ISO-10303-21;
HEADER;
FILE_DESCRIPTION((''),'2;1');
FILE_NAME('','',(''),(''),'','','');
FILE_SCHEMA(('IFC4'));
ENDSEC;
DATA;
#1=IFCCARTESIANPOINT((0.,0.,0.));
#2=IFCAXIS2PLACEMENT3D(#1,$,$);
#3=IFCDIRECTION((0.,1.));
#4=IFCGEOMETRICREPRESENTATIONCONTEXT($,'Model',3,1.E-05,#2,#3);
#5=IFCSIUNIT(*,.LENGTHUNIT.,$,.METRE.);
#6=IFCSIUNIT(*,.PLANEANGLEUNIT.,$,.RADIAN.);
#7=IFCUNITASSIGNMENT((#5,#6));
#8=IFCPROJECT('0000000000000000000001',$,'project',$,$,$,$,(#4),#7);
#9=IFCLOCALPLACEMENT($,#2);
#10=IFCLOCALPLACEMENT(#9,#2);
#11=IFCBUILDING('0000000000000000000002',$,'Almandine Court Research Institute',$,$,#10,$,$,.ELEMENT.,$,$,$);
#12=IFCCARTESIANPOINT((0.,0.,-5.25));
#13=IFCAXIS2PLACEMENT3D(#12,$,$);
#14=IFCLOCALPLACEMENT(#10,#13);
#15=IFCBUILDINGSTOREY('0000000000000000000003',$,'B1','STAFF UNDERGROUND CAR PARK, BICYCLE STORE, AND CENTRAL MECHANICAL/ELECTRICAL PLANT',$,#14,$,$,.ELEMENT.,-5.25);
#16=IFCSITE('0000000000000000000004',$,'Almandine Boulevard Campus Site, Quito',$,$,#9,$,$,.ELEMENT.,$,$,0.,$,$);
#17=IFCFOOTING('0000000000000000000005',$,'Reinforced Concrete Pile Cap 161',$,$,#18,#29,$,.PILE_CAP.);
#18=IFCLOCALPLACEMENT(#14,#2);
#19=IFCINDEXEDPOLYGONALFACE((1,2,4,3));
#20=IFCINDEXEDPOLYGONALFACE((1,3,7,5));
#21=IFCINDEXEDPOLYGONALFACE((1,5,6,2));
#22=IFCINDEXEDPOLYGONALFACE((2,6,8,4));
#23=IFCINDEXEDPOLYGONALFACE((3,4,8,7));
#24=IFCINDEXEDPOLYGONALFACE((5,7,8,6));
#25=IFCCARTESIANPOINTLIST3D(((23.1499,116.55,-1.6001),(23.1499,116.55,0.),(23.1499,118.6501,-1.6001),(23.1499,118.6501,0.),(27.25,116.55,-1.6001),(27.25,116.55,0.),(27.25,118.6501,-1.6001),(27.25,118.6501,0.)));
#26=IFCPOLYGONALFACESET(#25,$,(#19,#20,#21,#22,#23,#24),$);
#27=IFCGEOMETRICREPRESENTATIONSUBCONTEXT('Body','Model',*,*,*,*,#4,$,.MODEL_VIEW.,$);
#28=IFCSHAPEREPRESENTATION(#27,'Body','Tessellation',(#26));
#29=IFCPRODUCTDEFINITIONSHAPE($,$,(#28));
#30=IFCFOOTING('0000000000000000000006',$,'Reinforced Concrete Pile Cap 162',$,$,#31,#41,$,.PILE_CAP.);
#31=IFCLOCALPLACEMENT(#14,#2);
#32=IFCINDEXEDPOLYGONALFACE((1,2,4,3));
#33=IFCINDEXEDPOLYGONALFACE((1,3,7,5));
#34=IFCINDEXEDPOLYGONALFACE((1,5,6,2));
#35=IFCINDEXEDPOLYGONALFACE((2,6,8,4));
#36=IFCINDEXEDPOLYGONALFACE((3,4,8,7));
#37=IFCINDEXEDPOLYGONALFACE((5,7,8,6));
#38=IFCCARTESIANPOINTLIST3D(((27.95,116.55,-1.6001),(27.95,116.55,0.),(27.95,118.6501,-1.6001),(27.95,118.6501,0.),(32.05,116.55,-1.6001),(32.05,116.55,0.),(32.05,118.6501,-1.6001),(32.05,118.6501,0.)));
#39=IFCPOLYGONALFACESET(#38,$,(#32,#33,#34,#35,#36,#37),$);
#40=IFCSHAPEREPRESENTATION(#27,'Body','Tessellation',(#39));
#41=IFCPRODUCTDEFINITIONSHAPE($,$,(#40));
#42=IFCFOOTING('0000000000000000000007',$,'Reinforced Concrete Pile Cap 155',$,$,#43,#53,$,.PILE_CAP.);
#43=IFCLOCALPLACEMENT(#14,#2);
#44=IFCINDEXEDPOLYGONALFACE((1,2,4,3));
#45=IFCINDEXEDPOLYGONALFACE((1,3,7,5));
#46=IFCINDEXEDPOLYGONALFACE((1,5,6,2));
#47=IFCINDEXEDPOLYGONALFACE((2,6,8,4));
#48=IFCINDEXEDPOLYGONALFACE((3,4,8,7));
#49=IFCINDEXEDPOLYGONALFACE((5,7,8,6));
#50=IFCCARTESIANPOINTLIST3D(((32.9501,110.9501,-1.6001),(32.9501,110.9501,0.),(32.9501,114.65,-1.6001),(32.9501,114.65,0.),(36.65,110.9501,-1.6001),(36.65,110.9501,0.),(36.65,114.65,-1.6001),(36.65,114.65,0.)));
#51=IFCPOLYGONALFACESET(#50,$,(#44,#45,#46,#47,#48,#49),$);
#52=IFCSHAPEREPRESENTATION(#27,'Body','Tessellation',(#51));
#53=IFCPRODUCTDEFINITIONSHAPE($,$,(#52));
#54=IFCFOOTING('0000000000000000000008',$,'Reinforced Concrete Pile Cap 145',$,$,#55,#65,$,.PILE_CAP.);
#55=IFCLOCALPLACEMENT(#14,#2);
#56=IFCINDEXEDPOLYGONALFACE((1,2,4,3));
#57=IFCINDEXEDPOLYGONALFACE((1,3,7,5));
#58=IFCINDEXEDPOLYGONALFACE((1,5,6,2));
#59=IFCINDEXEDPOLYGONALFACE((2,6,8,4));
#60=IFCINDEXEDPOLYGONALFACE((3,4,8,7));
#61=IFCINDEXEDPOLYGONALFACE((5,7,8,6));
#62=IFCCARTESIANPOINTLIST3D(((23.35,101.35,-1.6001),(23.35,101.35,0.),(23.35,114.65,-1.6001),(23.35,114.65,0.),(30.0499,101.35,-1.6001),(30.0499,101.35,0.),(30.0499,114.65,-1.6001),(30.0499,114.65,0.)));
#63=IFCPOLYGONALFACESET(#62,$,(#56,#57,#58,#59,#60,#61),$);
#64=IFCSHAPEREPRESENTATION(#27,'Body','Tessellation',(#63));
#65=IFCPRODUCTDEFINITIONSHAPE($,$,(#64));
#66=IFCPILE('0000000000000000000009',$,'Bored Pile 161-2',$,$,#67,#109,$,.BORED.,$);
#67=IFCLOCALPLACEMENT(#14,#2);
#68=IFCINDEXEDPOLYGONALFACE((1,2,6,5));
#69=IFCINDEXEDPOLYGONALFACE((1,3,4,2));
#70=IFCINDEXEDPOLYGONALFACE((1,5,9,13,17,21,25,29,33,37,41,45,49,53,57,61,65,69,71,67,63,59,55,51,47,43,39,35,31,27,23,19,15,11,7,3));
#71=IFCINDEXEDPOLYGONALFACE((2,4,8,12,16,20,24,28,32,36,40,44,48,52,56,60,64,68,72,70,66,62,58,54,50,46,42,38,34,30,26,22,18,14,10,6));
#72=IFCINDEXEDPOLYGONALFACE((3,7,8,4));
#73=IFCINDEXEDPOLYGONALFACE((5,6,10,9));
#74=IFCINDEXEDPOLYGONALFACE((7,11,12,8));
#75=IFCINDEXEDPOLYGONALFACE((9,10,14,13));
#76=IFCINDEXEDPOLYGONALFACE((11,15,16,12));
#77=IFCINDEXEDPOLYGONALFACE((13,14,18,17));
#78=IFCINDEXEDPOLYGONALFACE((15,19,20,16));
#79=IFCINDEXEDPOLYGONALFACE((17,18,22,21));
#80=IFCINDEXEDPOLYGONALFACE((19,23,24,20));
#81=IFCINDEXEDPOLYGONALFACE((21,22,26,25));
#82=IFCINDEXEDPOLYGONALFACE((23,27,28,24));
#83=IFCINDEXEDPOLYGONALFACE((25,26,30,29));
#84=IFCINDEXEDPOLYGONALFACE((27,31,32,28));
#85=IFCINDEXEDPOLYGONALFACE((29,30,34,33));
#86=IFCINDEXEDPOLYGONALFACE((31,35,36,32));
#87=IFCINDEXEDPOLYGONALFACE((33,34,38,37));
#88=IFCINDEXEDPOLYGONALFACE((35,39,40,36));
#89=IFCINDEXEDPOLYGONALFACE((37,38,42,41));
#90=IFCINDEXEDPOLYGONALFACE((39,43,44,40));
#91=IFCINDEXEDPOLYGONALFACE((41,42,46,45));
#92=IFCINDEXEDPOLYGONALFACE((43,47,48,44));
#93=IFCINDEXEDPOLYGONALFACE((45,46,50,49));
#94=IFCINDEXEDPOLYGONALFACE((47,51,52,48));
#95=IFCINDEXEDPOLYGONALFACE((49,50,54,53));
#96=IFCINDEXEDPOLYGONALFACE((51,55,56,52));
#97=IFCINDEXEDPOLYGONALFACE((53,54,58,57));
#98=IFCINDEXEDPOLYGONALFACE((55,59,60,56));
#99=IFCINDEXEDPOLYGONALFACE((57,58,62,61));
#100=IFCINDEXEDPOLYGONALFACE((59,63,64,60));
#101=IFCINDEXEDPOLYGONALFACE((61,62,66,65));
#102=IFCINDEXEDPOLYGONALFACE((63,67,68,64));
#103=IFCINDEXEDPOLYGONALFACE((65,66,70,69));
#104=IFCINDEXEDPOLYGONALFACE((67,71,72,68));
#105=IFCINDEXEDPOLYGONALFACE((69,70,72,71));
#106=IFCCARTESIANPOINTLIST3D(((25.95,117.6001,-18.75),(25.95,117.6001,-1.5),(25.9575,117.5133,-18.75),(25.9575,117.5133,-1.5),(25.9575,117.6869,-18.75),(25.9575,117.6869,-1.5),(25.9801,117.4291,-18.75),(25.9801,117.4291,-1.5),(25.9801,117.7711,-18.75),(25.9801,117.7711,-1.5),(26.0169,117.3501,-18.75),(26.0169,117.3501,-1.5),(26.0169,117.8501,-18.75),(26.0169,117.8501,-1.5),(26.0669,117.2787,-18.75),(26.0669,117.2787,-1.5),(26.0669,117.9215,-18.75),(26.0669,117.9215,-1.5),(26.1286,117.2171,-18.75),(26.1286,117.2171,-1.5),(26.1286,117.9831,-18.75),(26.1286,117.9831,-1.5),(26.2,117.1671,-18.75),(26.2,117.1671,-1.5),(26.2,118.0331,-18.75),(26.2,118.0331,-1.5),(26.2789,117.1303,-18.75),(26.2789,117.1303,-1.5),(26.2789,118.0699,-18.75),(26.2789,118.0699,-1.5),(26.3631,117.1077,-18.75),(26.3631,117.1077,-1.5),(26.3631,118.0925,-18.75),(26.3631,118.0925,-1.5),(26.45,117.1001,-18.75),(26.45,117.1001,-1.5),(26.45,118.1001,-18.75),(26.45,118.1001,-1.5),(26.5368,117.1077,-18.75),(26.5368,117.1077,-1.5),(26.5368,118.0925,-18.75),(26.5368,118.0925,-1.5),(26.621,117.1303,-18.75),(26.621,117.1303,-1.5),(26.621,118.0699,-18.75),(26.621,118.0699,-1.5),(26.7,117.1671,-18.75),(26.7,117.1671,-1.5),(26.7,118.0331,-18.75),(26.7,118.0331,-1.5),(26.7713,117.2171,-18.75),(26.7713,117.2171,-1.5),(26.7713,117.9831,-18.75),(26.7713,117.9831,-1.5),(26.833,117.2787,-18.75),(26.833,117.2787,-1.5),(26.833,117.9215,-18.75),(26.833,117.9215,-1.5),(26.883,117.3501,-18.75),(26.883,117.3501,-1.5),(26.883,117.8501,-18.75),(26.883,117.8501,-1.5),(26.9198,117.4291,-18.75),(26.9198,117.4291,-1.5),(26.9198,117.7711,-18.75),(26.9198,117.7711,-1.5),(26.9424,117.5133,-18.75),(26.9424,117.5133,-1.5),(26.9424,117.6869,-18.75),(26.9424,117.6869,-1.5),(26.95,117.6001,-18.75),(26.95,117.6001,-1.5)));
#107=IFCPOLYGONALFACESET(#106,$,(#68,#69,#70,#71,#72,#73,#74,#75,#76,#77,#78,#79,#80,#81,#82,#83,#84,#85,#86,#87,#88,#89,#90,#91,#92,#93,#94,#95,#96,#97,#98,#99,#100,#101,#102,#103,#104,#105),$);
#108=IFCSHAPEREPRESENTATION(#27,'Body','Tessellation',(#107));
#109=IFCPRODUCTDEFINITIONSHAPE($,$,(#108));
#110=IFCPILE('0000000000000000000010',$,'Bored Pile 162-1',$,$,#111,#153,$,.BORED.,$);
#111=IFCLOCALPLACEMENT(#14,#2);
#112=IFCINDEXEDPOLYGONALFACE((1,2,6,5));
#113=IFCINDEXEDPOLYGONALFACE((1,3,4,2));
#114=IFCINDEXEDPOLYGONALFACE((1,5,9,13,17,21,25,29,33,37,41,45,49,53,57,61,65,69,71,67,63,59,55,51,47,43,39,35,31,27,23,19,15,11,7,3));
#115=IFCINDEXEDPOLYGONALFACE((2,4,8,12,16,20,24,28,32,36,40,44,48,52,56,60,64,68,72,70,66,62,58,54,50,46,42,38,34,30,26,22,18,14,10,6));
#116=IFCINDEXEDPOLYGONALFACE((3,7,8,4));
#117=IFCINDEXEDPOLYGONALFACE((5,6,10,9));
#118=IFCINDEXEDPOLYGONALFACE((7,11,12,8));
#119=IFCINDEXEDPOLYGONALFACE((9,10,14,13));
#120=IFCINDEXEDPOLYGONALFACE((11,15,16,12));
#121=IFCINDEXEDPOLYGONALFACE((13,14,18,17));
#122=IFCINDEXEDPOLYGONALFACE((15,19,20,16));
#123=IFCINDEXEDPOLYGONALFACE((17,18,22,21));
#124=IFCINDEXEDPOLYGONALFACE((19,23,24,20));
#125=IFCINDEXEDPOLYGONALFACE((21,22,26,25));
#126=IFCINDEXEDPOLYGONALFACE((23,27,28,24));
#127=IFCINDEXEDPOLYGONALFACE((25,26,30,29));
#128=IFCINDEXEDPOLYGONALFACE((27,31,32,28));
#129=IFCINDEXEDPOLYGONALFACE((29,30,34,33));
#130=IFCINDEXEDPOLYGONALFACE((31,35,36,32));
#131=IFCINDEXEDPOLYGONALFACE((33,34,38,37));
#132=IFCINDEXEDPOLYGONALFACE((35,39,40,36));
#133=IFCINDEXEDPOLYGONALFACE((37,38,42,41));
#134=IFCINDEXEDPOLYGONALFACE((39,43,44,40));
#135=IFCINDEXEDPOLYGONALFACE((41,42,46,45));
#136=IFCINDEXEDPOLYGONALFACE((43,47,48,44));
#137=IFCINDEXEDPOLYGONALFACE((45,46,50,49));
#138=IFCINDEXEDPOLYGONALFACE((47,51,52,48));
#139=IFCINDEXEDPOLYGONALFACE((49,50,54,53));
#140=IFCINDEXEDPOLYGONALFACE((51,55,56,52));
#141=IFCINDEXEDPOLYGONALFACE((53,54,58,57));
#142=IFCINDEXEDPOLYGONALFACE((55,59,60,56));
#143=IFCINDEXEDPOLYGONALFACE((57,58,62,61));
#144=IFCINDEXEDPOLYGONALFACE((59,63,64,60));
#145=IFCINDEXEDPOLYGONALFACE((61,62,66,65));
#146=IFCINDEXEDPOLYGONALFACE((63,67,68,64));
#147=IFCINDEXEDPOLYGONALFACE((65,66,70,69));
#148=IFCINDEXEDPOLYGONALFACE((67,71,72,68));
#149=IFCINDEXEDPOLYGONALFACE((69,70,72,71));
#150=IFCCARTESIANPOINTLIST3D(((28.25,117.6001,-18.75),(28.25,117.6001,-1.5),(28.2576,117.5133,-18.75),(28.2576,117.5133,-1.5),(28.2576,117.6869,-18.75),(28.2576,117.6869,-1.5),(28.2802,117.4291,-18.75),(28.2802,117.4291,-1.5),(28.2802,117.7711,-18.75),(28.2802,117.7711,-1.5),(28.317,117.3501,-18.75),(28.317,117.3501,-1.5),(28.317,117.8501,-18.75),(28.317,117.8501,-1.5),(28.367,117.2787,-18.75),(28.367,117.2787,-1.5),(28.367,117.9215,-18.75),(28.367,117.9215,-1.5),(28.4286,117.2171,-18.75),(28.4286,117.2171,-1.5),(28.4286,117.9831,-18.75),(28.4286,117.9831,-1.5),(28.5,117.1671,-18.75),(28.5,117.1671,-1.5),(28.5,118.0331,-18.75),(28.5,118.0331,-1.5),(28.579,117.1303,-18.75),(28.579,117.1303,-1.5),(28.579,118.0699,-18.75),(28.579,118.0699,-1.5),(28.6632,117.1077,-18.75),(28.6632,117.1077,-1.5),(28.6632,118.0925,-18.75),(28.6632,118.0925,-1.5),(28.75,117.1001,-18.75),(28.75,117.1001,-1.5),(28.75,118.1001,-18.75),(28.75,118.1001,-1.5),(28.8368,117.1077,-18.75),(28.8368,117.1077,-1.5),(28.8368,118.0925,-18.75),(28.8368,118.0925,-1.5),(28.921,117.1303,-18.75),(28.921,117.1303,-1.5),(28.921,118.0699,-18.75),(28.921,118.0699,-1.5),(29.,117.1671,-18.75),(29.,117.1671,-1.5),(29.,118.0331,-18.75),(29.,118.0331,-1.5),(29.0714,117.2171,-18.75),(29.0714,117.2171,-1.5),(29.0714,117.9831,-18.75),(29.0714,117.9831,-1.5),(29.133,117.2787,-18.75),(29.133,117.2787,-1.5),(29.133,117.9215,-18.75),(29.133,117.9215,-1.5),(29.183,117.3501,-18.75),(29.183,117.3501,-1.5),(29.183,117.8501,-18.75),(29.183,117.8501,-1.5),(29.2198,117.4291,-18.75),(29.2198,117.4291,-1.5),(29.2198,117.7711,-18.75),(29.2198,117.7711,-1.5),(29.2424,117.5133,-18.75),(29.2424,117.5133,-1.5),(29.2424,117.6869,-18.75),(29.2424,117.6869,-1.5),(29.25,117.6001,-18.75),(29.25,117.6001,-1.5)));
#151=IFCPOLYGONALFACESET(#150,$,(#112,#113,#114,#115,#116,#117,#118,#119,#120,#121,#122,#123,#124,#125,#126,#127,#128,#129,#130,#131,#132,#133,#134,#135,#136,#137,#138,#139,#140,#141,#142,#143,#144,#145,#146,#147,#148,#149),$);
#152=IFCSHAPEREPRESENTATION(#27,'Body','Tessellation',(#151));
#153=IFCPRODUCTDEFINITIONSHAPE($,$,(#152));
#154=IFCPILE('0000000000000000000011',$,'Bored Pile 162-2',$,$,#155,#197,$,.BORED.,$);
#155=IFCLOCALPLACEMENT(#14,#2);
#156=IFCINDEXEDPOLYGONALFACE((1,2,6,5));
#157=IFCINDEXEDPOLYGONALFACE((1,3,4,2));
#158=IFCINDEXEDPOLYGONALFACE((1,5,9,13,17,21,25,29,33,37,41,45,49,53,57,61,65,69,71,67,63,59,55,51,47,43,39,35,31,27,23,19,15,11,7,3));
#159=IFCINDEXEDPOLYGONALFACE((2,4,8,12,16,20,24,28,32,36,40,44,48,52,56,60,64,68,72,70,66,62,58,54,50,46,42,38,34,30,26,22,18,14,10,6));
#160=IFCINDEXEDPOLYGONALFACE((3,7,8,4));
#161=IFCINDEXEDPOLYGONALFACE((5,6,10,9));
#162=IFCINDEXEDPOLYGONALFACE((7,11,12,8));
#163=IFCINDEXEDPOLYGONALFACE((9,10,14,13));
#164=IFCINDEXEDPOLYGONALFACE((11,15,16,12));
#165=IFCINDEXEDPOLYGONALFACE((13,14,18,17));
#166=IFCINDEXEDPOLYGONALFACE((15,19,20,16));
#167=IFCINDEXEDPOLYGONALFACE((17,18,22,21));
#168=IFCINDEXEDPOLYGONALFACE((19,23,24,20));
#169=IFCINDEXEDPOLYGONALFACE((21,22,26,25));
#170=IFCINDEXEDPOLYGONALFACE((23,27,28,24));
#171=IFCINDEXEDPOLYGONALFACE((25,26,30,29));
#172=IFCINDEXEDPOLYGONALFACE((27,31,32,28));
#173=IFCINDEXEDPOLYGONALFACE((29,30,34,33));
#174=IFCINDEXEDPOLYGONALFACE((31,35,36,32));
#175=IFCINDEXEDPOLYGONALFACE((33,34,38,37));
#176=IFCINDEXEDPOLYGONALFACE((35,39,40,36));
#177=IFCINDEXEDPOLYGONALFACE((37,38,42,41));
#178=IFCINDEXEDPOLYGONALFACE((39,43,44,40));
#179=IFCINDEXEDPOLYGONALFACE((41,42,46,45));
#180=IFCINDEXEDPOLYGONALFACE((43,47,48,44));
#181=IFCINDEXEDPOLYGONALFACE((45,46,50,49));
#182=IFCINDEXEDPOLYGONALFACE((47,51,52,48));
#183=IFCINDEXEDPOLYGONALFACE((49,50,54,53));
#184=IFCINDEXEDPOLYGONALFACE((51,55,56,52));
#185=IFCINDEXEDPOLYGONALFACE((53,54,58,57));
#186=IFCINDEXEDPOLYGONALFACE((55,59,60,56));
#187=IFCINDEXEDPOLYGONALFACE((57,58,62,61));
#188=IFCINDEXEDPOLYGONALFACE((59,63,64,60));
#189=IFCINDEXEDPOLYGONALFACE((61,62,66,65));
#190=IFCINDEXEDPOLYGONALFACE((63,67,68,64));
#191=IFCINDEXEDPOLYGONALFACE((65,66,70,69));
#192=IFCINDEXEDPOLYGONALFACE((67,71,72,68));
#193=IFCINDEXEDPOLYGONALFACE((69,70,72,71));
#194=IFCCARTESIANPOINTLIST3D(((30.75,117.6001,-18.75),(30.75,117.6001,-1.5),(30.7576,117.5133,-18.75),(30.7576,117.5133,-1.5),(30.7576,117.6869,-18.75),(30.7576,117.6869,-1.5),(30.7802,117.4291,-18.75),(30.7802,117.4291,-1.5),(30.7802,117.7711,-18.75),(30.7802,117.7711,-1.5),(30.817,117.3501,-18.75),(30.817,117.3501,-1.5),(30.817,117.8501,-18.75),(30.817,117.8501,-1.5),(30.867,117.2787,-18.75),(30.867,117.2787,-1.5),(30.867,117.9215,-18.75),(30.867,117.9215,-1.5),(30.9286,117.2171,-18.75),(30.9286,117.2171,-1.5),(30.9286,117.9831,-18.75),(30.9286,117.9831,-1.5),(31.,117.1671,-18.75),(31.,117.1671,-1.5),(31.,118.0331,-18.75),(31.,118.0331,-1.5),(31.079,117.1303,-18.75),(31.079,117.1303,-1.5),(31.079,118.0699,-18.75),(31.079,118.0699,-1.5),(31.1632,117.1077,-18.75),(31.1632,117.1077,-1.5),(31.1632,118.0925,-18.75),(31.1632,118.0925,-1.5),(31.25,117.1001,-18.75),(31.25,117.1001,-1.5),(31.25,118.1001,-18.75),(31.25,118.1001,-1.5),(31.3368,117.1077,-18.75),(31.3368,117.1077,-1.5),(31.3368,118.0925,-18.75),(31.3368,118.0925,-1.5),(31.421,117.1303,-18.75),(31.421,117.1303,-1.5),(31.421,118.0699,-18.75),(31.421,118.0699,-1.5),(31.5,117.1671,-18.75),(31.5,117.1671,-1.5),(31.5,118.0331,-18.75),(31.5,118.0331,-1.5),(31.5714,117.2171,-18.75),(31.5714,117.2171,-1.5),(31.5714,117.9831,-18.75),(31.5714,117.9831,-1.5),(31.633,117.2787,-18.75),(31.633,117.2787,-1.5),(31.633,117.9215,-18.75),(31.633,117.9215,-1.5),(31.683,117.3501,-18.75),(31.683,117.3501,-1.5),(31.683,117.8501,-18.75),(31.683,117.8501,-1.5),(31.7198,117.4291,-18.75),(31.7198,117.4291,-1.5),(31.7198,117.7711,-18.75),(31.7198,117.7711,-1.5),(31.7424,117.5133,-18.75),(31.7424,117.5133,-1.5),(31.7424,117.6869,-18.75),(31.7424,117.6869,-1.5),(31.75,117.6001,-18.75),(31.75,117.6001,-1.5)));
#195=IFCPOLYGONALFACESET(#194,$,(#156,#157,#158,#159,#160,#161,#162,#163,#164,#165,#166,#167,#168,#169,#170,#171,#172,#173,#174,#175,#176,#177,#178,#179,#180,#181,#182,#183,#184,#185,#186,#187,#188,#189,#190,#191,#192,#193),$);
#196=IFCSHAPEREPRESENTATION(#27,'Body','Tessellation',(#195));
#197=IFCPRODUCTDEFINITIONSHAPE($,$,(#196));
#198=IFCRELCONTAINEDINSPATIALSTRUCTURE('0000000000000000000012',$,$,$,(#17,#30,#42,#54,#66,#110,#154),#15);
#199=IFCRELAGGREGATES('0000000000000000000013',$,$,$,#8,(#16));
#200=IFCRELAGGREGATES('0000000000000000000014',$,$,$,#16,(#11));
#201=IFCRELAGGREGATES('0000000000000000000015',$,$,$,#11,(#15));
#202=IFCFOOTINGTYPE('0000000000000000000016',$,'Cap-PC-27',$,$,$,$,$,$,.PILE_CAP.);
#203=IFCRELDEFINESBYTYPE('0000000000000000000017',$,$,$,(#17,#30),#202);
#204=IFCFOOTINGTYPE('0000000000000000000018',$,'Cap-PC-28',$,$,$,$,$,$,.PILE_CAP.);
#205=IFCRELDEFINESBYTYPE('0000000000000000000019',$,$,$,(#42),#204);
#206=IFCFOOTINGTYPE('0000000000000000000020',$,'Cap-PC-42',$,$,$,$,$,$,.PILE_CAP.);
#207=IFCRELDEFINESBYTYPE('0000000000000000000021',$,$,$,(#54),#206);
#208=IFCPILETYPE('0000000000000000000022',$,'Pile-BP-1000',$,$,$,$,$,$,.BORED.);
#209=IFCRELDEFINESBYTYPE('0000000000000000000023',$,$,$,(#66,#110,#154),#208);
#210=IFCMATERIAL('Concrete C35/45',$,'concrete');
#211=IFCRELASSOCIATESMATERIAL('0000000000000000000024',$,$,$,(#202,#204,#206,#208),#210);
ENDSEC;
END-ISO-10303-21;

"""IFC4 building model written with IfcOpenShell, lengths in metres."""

from ifc_helpers import new_model, si_unit, direction, frame, origin, origin_2d, place, context, subcontext, project, spatial, rectangle, circle, extrude, material, material_profile, profile_set, type_object, element, save


model = new_model("IFC4")

# Units and contexts
model_context = context("Model", 3, precision=1e-05, world=origin(), true_north=direction((0.0, 1.0)))
body_context = subcontext(model_context, "Body", "Model", "MODEL_VIEW")
ifc_project = project(units=[si_unit("LENGTHUNIT", "METRE"), si_unit("PLANEANGLEUNIT", "RADIAN")], contexts=[model_context])

# Site, building, storey
site_placement = place(None, origin())
site = spatial("IfcSite", under=ifc_project, at=site_placement, Name="Almandine Boulevard Campus Site, Quito", CompositionType="ELEMENT", RefElevation=0.0)
building_placement = place(site_placement, origin())
building = spatial("IfcBuilding", under=site, at=building_placement, Name="Almandine Court Research Institute", CompositionType="ELEMENT")
storey_placement = place(building_placement, frame((0.0, 0.0, -5.25)))
storey = spatial("IfcBuildingStorey", under=building, at=storey_placement, Name="B1", Description="STAFF UNDERGROUND CAR PARK, BICYCLE STORE, AND CENTRAL MECHANICAL/ELECTRICAL PLANT", CompositionType="ELEMENT", Elevation=-5.25)

# Footings
ifc_material_1 = material(Name="Concrete C35/45", Category="concrete")
footing_type_1 = type_object("IfcFootingType", Name="Cap-PC-27", PredefinedType="PILE_CAP", material=ifc_material_1)
for number, where, z_axis, x_axis, name in (
    (1, (25.2, 117.6001, -1.6001), (0.0, 0.0, 1.0), (1.0, 0.0, 0.0), "Reinforced Concrete Pile Cap 161"),
    (2, (30.0, 117.6001, -1.6001), (0.0, 0.0, 1.0), (1.0, 0.0, 0.0), "Reinforced Concrete Pile Cap 162"),
):
    element("IfcFooting", number, at=place(storey_placement, frame(where, z_axis=z_axis, x_axis=x_axis)), inside=storey, type_object=footing_type_1, Name=name, PredefinedType="PILE_CAP", context=body_context, shape_type="SweptSolid", body=[
        extrude(rectangle(XDim=4.1001, YDim=2.1001, at=origin_2d()), origin(), (0.0, 0.0, 1.0), 1.6001),
    ])
footing_type_2 = type_object("IfcFootingType", Name="Cap-PC-28", PredefinedType="PILE_CAP", material=ifc_material_1)
footing_1_placement = place(storey_placement, frame((34.8, 112.8, -1.6001), z_axis=(0.0, 0.0, 1.0), x_axis=(1.0, 0.0, 0.0)))
element("IfcFooting", 3, at=footing_1_placement, inside=storey, type_object=footing_type_2, Name="Reinforced Concrete Pile Cap 155", PredefinedType="PILE_CAP", context=body_context, shape_type="SweptSolid", body=[
    extrude(rectangle(XDim=3.7, YDim=3.7, at=origin_2d()), origin(), (0.0, 0.0, 1.0), 1.6001),
])
footing_type_3 = type_object("IfcFootingType", Name="Cap-PC-42", PredefinedType="PILE_CAP", material=ifc_material_1)
footing_2_placement = place(storey_placement, frame((26.7, 108.0, -1.6001), z_axis=(0.0, 0.0, 1.0), x_axis=(1.0, 0.0, 0.0)))
element("IfcFooting", 4, at=footing_2_placement, inside=storey, type_object=footing_type_3, Name="Reinforced Concrete Pile Cap 145", PredefinedType="PILE_CAP", context=body_context, shape_type="SweptSolid", body=[
    extrude(rectangle(XDim=6.7, YDim=13.3, at=origin_2d()), origin(), (0.0, 0.0, 1.0), 1.6001),
])

# Piles
ifc_material_profile_1 = material_profile(ifc_material_1, circle(Radius=0.5, at=origin_2d()), Name="BORED PILE D1000")
ifc_profile_set_1 = profile_set([ifc_material_profile_1], Name="Concrete C35/45")
pile_type_1 = type_object("IfcPileType", Name="Pile-BP-1000", PredefinedType="BORED", material=ifc_profile_set_1)
for number, where, z_axis, x_axis, name in (
    (5, (26.45, 117.6001, -1.5), (0.0, 0.0, -1.0), (1.0, 0.0, 0.0), "Bored Pile 161-2"),
    (6, (28.75, 117.6001, -1.5), (0.0, 0.0, -1.0), (1.0, 0.0, 0.0), "Bored Pile 162-1"),
    (7, (31.25, 117.6001, -1.5), (0.0, 0.0, -1.0), (1.0, 0.0, 0.0), "Bored Pile 162-2"),
):
    element("IfcPile", number, at=place(storey_placement, frame(where, z_axis=z_axis, x_axis=x_axis)), inside=storey, type_object=pile_type_1, Name=name, PredefinedType="BORED", context=body_context, shape_type="SweptSolid", body=[
        extrude(circle(Radius=0.5, at=origin_2d()), origin(), (0.0, 0.0, 1.0), 17.25),
    ])

save(model, "model.ifc")
